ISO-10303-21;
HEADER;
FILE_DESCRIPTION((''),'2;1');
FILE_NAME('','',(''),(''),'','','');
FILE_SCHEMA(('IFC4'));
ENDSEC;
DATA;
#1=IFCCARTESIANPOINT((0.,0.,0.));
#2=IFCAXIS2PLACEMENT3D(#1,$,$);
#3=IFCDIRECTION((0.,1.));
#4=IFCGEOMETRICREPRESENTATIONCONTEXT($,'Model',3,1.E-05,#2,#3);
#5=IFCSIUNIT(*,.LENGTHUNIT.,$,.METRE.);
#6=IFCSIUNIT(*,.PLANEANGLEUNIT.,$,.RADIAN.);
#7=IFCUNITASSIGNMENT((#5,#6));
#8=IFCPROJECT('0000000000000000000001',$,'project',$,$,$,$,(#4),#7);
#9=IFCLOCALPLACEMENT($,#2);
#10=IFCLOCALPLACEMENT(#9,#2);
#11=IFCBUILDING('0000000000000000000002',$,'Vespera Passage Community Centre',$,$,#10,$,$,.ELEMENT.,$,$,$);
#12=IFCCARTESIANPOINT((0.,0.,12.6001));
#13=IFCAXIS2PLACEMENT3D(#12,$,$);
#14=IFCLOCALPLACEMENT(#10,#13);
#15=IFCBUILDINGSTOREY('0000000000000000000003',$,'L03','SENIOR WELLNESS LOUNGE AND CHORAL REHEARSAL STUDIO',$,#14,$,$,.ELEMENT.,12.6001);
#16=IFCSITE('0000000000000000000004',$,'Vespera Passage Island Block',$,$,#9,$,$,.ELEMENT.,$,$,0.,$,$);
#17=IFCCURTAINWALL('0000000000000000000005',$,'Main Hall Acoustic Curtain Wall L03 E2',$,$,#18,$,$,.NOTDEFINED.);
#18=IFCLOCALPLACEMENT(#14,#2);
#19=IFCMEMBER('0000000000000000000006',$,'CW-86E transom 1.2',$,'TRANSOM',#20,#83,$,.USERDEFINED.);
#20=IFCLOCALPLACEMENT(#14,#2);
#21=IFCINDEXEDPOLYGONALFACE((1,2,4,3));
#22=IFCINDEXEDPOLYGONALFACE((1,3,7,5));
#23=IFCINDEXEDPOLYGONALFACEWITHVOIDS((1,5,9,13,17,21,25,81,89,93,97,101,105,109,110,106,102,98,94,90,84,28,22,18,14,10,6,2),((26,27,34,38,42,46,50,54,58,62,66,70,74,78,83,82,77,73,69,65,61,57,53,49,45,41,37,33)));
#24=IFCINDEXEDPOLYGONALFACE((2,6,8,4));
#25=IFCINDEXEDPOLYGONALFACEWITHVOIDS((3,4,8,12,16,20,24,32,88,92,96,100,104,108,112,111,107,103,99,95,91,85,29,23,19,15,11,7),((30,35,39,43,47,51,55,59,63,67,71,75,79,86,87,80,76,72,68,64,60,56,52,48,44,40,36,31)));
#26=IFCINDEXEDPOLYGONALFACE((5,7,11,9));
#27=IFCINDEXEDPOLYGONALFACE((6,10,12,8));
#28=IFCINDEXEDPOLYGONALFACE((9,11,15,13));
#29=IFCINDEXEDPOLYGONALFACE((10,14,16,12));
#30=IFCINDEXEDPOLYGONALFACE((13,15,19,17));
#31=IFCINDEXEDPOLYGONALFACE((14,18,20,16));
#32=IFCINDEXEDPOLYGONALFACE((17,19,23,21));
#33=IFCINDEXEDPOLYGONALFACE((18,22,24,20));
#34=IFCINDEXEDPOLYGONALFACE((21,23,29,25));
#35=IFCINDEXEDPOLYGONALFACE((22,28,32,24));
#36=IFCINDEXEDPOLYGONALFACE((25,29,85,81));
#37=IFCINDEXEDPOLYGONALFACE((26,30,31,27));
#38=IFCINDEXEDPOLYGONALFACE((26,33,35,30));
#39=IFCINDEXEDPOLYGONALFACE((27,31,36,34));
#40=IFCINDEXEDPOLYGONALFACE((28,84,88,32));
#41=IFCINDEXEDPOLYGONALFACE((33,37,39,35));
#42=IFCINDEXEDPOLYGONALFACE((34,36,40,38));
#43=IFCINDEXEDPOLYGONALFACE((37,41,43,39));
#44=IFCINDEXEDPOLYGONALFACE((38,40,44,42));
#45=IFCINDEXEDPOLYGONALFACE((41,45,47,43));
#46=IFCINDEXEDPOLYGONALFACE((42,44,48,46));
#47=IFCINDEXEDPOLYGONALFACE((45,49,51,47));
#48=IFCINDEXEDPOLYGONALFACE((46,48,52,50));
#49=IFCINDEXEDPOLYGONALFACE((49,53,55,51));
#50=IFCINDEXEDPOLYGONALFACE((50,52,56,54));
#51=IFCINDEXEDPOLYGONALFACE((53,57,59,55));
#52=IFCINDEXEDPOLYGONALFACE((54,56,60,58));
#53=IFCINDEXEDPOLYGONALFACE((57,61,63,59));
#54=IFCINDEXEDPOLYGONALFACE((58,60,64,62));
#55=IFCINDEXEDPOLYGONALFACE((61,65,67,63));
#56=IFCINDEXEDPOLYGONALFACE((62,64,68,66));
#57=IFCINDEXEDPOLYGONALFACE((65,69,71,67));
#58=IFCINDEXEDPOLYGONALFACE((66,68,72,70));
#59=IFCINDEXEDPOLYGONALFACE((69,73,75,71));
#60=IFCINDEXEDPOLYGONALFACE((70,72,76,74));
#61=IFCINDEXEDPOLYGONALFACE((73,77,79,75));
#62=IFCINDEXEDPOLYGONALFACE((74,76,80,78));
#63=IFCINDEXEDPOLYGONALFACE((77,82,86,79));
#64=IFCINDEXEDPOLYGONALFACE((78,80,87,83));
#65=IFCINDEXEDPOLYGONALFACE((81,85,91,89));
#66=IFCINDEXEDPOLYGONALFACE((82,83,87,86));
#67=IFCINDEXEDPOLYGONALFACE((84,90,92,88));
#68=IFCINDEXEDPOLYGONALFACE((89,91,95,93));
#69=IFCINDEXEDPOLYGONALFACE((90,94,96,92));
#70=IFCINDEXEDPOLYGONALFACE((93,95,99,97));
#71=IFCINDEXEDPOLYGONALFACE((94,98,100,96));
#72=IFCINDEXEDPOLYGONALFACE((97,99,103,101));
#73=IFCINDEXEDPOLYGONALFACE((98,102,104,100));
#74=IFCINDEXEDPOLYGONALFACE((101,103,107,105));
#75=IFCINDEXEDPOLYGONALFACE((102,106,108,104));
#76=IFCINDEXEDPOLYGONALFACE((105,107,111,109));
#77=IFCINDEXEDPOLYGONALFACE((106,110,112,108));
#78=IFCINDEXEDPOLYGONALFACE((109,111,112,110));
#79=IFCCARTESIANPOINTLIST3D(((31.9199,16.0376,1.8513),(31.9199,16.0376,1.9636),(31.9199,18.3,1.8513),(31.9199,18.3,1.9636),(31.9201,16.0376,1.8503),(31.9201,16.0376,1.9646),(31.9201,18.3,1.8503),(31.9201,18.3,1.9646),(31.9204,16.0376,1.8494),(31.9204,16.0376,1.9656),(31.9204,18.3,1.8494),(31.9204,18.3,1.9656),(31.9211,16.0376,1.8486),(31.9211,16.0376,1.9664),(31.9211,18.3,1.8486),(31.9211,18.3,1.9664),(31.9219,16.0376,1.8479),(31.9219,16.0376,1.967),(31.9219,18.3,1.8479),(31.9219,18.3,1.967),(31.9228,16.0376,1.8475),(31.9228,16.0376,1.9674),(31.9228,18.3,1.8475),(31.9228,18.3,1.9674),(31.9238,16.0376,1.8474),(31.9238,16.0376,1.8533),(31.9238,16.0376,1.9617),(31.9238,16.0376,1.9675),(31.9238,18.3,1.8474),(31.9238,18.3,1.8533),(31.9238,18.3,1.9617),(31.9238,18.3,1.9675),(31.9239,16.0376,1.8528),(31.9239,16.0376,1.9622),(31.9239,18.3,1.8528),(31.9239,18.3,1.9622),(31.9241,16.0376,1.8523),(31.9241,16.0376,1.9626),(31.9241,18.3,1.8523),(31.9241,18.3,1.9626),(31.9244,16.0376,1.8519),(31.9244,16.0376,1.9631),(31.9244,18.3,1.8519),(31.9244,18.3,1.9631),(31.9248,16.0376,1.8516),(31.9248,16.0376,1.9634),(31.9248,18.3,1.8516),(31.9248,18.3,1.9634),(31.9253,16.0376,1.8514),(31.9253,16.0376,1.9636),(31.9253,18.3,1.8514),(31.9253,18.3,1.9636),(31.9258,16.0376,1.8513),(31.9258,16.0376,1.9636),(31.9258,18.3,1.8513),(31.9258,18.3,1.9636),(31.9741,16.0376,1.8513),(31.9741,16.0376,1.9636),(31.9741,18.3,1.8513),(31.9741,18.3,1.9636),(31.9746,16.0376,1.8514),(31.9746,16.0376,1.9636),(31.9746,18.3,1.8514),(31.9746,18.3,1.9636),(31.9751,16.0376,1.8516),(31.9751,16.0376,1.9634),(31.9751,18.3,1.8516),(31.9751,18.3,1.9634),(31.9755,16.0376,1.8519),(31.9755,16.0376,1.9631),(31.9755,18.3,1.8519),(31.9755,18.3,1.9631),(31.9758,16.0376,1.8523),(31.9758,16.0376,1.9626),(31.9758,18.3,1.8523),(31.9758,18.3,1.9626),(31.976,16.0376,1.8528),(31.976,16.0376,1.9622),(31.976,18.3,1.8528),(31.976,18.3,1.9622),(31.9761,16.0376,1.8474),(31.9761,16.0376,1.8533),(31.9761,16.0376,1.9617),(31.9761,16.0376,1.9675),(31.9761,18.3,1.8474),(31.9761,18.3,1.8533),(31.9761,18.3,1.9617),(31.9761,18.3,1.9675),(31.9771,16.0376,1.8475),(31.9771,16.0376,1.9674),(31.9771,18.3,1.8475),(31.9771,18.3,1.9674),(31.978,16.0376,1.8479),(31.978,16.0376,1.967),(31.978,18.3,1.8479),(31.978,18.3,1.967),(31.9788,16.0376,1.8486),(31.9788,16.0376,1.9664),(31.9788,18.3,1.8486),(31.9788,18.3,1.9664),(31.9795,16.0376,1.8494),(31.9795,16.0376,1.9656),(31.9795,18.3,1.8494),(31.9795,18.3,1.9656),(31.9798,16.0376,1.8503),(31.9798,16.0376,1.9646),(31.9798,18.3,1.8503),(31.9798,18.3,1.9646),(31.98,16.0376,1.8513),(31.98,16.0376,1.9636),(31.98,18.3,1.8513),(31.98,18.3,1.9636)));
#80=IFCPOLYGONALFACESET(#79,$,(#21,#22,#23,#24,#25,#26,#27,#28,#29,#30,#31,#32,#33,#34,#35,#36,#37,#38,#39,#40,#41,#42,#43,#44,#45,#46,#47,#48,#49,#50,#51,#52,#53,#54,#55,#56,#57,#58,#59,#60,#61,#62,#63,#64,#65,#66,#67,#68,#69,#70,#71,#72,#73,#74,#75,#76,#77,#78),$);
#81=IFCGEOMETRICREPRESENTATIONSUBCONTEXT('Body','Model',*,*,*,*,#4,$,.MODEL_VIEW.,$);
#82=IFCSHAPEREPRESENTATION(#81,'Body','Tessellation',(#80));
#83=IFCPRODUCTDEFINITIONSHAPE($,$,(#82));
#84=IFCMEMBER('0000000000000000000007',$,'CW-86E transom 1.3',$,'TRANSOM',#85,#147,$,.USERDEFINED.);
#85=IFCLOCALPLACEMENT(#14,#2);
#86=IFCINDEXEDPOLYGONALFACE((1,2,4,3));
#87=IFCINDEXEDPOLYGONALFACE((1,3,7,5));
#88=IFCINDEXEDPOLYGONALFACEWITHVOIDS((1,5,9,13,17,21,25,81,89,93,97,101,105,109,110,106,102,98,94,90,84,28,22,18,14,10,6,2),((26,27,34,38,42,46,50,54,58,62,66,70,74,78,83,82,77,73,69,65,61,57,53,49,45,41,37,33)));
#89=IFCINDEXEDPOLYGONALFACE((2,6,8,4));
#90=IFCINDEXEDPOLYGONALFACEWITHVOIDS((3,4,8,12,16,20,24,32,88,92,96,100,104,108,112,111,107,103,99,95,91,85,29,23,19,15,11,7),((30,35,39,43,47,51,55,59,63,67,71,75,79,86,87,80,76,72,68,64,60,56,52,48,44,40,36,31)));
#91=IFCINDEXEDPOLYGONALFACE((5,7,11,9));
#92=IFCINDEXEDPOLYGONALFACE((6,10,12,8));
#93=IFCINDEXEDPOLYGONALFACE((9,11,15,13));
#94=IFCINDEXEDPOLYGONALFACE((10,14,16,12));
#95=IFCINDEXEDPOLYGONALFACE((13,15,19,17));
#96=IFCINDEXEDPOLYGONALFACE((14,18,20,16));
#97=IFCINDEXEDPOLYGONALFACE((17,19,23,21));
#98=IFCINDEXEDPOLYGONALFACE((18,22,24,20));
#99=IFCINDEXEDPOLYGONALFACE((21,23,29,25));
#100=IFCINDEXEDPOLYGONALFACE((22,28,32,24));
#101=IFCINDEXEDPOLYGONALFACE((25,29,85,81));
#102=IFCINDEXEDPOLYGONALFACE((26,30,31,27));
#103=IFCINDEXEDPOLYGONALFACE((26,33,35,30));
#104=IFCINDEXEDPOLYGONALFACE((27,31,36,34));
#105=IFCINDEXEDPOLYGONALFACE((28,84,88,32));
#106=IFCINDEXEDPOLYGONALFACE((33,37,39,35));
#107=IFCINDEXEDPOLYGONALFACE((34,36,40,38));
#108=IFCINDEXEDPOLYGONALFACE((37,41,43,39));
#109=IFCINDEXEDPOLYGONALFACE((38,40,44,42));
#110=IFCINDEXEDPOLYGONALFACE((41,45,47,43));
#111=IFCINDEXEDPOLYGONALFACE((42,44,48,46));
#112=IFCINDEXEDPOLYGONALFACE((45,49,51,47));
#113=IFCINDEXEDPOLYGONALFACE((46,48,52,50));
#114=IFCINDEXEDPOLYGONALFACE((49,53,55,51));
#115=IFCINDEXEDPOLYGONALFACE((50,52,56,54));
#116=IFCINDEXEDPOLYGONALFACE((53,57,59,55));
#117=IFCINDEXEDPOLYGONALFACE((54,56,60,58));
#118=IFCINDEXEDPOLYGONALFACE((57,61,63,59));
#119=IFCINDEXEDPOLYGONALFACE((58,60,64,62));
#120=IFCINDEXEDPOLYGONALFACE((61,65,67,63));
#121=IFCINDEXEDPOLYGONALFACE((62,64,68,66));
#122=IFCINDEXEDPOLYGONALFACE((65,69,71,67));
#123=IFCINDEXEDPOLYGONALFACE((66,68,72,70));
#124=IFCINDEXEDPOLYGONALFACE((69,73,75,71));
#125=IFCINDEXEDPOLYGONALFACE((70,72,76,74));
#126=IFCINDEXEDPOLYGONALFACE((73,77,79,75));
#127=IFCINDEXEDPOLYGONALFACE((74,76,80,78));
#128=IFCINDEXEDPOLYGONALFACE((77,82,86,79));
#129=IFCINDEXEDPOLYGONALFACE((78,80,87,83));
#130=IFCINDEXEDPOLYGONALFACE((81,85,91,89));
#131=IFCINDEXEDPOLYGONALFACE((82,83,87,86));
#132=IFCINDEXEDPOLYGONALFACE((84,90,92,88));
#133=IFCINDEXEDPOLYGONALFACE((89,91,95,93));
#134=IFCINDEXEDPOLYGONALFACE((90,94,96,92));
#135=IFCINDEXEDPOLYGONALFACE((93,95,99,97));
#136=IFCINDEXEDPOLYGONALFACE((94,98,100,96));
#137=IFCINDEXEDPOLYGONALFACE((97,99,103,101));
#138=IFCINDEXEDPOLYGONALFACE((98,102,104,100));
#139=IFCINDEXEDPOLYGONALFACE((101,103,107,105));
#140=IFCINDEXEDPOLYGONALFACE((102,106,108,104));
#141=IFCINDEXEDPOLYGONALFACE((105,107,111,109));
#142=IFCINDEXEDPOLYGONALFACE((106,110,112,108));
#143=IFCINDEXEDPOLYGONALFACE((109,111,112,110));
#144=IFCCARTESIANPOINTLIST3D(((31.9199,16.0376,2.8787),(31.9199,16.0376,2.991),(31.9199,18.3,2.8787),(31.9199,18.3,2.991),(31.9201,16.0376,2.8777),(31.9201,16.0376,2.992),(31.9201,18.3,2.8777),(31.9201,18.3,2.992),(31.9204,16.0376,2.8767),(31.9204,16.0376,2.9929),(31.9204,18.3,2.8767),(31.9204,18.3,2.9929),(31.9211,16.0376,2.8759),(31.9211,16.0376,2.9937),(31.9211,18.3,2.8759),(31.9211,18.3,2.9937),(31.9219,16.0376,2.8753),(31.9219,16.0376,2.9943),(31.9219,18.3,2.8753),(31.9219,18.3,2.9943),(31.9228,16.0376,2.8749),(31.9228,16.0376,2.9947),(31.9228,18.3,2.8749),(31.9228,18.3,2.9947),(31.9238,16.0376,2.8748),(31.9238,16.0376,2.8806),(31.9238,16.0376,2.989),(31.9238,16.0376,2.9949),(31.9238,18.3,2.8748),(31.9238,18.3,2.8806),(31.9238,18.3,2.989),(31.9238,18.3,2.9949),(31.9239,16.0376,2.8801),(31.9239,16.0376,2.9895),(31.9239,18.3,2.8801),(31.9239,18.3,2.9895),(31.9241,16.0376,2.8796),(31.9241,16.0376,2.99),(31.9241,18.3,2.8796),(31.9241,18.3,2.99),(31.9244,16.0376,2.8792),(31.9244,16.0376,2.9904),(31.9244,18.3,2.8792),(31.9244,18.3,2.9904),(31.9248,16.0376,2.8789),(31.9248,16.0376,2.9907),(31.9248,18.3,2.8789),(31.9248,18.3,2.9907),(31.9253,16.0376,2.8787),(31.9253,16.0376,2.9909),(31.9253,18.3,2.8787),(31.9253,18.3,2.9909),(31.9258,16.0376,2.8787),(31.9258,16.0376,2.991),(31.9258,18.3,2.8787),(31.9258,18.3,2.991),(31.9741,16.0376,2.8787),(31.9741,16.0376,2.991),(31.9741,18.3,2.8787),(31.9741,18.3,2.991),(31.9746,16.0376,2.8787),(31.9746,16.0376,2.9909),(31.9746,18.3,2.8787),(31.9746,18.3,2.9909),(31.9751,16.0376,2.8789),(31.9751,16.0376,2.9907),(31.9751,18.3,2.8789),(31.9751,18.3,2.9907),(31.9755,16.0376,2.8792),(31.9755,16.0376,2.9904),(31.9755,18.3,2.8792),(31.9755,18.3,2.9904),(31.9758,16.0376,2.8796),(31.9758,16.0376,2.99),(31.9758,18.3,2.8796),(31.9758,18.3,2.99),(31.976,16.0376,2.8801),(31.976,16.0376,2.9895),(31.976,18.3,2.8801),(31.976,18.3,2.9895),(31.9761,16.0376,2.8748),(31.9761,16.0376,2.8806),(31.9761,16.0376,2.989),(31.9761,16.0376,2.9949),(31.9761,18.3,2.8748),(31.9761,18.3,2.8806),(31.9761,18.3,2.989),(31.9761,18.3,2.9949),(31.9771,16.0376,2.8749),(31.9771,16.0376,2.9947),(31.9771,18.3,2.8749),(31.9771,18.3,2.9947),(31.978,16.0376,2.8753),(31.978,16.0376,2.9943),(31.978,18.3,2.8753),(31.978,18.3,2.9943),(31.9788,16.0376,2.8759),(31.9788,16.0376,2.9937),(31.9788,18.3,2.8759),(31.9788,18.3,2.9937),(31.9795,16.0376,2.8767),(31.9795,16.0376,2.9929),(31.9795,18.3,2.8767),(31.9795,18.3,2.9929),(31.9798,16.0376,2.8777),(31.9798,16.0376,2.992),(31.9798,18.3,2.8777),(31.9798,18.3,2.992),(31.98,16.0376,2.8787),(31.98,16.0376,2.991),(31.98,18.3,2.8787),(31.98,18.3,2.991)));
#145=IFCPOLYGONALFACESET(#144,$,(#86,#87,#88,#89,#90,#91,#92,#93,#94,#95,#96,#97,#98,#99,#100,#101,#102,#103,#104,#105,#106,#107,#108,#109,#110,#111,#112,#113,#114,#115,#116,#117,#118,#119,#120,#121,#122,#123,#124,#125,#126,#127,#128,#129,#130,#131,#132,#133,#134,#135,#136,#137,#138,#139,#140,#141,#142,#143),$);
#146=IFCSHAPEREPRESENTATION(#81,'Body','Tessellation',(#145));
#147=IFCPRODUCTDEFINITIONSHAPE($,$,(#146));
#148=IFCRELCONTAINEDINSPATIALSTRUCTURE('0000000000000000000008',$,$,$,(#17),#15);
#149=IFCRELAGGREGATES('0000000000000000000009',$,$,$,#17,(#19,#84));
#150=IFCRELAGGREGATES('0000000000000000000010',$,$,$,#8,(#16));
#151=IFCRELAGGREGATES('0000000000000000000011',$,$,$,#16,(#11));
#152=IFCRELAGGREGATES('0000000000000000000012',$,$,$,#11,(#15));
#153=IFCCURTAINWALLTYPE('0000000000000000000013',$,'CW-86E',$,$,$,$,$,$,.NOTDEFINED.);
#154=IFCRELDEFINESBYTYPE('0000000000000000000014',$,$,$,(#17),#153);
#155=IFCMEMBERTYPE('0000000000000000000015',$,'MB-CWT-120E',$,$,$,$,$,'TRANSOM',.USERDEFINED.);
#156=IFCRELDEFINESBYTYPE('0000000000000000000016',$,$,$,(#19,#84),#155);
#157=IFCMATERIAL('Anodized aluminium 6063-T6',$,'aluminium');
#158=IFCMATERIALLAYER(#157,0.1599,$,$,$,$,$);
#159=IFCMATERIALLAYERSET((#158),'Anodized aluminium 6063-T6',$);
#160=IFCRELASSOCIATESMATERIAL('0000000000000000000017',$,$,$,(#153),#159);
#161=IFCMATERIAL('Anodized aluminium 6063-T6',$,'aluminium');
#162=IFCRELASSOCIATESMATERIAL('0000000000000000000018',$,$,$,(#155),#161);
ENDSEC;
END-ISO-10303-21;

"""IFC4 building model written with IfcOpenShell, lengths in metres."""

from ifc_helpers import new_model, si_unit, direction, frame, origin, origin_2d, place, context, subcontext, project, spatial, hollow_rectangle, extrude, material, layer, layer_set, material_profile, profile_set, type_object, element, aggregate, save


model = new_model("IFC4")

# Units and contexts
model_context = context("Model", 3, precision=1e-05, world=origin(), true_north=direction((0.0, 1.0)))
body_context = subcontext(model_context, "Body", "Model", "MODEL_VIEW")
ifc_project = project(units=[si_unit("LENGTHUNIT", "METRE"), si_unit("PLANEANGLEUNIT", "RADIAN")], contexts=[model_context])

# Site, building, storey
site_placement = place(None, origin())
site = spatial("IfcSite", under=ifc_project, at=site_placement, Name="Vespera Passage Island Block", CompositionType="ELEMENT", RefElevation=0.0)
building_placement = place(site_placement, origin())
building = spatial("IfcBuilding", under=site, at=building_placement, Name="Vespera Passage Community Centre", CompositionType="ELEMENT")
storey_placement = place(building_placement, frame((0.0, 0.0, 12.6001)))
storey = spatial("IfcBuildingStorey", under=building, at=storey_placement, Name="L03", Description="SENIOR WELLNESS LOUNGE AND CHORAL REHEARSAL STUDIO", CompositionType="ELEMENT", Elevation=12.6001)

# Curtain wall
ifc_material_1 = material(Name="Anodized aluminium 6063-T6", Category="aluminium")
ifc_layer_1 = layer(ifc_material_1, 0.1599)
ifc_layer_set_1 = layer_set([ifc_layer_1], Name="Anodized aluminium 6063-T6")
curtain_wall_type = type_object("IfcCurtainWallType", Name="CW-86E", PredefinedType="NOTDEFINED", material=ifc_layer_set_1)
curtain_wall_1_placement = place(storey_placement, origin())
curtain_wall_1 = element("IfcCurtainWall", 1, at=curtain_wall_1_placement, inside=storey, type_object=curtain_wall_type, Name="Main Hall Acoustic Curtain Wall L03 E2", PredefinedType="NOTDEFINED")

# Members
ifc_material_2 = material(Name="Anodized aluminium 6063-T6", Category="aluminium")
ifc_material_profile_1 = material_profile(ifc_material_2, hollow_rectangle(XDim=0.0601, YDim=0.1201, WallThickness=0.0039, InnerFilletRadius=0.002, OuterFilletRadius=0.0039, at=origin_2d()), Name="ALU120X60X4")
ifc_profile_set_1 = profile_set([ifc_material_profile_1], Name="Anodized aluminium 6063-T6")
member_type_1 = type_object("IfcMemberType", Name="MB-CWT-120E", ElementType="TRANSOM", PredefinedType="USERDEFINED", material=ifc_profile_set_1)
member_1_placement = place(storey_placement, frame((31.95, 18.3, 1.9075), z_axis=(0.0, -1.0, 0.0), x_axis=(1.0, 0.0, 0.0)))
member_1 = element("IfcMember", 2, at=member_1_placement, type_object=member_type_1, Name="CW-86E transom 1.2", ObjectType="TRANSOM", PredefinedType="USERDEFINED", context=body_context, shape_type="SweptSolid", body=[
    extrude(hollow_rectangle(XDim=0.0601, YDim=0.1201, WallThickness=0.0039, InnerFilletRadius=0.002, OuterFilletRadius=0.0039, at=origin_2d()), origin(), (0.0, 0.0, 1.0), 2.2625),
])
member_2_placement = place(storey_placement, frame((31.95, 18.3, 2.9348), z_axis=(0.0, -1.0, 0.0), x_axis=(1.0, 0.0, 0.0)))
member_2 = element("IfcMember", 3, at=member_2_placement, type_object=member_type_1, Name="CW-86E transom 1.3", ObjectType="TRANSOM", PredefinedType="USERDEFINED", context=body_context, shape_type="SweptSolid", body=[
    extrude(hollow_rectangle(XDim=0.0601, YDim=0.1201, WallThickness=0.0039, InnerFilletRadius=0.002, OuterFilletRadius=0.0039, at=origin_2d()), origin(), (0.0, 0.0, 1.0), 2.2625),
])

aggregate(curtain_wall_1, [member_1, member_2])

save(model, "model.ifc")
